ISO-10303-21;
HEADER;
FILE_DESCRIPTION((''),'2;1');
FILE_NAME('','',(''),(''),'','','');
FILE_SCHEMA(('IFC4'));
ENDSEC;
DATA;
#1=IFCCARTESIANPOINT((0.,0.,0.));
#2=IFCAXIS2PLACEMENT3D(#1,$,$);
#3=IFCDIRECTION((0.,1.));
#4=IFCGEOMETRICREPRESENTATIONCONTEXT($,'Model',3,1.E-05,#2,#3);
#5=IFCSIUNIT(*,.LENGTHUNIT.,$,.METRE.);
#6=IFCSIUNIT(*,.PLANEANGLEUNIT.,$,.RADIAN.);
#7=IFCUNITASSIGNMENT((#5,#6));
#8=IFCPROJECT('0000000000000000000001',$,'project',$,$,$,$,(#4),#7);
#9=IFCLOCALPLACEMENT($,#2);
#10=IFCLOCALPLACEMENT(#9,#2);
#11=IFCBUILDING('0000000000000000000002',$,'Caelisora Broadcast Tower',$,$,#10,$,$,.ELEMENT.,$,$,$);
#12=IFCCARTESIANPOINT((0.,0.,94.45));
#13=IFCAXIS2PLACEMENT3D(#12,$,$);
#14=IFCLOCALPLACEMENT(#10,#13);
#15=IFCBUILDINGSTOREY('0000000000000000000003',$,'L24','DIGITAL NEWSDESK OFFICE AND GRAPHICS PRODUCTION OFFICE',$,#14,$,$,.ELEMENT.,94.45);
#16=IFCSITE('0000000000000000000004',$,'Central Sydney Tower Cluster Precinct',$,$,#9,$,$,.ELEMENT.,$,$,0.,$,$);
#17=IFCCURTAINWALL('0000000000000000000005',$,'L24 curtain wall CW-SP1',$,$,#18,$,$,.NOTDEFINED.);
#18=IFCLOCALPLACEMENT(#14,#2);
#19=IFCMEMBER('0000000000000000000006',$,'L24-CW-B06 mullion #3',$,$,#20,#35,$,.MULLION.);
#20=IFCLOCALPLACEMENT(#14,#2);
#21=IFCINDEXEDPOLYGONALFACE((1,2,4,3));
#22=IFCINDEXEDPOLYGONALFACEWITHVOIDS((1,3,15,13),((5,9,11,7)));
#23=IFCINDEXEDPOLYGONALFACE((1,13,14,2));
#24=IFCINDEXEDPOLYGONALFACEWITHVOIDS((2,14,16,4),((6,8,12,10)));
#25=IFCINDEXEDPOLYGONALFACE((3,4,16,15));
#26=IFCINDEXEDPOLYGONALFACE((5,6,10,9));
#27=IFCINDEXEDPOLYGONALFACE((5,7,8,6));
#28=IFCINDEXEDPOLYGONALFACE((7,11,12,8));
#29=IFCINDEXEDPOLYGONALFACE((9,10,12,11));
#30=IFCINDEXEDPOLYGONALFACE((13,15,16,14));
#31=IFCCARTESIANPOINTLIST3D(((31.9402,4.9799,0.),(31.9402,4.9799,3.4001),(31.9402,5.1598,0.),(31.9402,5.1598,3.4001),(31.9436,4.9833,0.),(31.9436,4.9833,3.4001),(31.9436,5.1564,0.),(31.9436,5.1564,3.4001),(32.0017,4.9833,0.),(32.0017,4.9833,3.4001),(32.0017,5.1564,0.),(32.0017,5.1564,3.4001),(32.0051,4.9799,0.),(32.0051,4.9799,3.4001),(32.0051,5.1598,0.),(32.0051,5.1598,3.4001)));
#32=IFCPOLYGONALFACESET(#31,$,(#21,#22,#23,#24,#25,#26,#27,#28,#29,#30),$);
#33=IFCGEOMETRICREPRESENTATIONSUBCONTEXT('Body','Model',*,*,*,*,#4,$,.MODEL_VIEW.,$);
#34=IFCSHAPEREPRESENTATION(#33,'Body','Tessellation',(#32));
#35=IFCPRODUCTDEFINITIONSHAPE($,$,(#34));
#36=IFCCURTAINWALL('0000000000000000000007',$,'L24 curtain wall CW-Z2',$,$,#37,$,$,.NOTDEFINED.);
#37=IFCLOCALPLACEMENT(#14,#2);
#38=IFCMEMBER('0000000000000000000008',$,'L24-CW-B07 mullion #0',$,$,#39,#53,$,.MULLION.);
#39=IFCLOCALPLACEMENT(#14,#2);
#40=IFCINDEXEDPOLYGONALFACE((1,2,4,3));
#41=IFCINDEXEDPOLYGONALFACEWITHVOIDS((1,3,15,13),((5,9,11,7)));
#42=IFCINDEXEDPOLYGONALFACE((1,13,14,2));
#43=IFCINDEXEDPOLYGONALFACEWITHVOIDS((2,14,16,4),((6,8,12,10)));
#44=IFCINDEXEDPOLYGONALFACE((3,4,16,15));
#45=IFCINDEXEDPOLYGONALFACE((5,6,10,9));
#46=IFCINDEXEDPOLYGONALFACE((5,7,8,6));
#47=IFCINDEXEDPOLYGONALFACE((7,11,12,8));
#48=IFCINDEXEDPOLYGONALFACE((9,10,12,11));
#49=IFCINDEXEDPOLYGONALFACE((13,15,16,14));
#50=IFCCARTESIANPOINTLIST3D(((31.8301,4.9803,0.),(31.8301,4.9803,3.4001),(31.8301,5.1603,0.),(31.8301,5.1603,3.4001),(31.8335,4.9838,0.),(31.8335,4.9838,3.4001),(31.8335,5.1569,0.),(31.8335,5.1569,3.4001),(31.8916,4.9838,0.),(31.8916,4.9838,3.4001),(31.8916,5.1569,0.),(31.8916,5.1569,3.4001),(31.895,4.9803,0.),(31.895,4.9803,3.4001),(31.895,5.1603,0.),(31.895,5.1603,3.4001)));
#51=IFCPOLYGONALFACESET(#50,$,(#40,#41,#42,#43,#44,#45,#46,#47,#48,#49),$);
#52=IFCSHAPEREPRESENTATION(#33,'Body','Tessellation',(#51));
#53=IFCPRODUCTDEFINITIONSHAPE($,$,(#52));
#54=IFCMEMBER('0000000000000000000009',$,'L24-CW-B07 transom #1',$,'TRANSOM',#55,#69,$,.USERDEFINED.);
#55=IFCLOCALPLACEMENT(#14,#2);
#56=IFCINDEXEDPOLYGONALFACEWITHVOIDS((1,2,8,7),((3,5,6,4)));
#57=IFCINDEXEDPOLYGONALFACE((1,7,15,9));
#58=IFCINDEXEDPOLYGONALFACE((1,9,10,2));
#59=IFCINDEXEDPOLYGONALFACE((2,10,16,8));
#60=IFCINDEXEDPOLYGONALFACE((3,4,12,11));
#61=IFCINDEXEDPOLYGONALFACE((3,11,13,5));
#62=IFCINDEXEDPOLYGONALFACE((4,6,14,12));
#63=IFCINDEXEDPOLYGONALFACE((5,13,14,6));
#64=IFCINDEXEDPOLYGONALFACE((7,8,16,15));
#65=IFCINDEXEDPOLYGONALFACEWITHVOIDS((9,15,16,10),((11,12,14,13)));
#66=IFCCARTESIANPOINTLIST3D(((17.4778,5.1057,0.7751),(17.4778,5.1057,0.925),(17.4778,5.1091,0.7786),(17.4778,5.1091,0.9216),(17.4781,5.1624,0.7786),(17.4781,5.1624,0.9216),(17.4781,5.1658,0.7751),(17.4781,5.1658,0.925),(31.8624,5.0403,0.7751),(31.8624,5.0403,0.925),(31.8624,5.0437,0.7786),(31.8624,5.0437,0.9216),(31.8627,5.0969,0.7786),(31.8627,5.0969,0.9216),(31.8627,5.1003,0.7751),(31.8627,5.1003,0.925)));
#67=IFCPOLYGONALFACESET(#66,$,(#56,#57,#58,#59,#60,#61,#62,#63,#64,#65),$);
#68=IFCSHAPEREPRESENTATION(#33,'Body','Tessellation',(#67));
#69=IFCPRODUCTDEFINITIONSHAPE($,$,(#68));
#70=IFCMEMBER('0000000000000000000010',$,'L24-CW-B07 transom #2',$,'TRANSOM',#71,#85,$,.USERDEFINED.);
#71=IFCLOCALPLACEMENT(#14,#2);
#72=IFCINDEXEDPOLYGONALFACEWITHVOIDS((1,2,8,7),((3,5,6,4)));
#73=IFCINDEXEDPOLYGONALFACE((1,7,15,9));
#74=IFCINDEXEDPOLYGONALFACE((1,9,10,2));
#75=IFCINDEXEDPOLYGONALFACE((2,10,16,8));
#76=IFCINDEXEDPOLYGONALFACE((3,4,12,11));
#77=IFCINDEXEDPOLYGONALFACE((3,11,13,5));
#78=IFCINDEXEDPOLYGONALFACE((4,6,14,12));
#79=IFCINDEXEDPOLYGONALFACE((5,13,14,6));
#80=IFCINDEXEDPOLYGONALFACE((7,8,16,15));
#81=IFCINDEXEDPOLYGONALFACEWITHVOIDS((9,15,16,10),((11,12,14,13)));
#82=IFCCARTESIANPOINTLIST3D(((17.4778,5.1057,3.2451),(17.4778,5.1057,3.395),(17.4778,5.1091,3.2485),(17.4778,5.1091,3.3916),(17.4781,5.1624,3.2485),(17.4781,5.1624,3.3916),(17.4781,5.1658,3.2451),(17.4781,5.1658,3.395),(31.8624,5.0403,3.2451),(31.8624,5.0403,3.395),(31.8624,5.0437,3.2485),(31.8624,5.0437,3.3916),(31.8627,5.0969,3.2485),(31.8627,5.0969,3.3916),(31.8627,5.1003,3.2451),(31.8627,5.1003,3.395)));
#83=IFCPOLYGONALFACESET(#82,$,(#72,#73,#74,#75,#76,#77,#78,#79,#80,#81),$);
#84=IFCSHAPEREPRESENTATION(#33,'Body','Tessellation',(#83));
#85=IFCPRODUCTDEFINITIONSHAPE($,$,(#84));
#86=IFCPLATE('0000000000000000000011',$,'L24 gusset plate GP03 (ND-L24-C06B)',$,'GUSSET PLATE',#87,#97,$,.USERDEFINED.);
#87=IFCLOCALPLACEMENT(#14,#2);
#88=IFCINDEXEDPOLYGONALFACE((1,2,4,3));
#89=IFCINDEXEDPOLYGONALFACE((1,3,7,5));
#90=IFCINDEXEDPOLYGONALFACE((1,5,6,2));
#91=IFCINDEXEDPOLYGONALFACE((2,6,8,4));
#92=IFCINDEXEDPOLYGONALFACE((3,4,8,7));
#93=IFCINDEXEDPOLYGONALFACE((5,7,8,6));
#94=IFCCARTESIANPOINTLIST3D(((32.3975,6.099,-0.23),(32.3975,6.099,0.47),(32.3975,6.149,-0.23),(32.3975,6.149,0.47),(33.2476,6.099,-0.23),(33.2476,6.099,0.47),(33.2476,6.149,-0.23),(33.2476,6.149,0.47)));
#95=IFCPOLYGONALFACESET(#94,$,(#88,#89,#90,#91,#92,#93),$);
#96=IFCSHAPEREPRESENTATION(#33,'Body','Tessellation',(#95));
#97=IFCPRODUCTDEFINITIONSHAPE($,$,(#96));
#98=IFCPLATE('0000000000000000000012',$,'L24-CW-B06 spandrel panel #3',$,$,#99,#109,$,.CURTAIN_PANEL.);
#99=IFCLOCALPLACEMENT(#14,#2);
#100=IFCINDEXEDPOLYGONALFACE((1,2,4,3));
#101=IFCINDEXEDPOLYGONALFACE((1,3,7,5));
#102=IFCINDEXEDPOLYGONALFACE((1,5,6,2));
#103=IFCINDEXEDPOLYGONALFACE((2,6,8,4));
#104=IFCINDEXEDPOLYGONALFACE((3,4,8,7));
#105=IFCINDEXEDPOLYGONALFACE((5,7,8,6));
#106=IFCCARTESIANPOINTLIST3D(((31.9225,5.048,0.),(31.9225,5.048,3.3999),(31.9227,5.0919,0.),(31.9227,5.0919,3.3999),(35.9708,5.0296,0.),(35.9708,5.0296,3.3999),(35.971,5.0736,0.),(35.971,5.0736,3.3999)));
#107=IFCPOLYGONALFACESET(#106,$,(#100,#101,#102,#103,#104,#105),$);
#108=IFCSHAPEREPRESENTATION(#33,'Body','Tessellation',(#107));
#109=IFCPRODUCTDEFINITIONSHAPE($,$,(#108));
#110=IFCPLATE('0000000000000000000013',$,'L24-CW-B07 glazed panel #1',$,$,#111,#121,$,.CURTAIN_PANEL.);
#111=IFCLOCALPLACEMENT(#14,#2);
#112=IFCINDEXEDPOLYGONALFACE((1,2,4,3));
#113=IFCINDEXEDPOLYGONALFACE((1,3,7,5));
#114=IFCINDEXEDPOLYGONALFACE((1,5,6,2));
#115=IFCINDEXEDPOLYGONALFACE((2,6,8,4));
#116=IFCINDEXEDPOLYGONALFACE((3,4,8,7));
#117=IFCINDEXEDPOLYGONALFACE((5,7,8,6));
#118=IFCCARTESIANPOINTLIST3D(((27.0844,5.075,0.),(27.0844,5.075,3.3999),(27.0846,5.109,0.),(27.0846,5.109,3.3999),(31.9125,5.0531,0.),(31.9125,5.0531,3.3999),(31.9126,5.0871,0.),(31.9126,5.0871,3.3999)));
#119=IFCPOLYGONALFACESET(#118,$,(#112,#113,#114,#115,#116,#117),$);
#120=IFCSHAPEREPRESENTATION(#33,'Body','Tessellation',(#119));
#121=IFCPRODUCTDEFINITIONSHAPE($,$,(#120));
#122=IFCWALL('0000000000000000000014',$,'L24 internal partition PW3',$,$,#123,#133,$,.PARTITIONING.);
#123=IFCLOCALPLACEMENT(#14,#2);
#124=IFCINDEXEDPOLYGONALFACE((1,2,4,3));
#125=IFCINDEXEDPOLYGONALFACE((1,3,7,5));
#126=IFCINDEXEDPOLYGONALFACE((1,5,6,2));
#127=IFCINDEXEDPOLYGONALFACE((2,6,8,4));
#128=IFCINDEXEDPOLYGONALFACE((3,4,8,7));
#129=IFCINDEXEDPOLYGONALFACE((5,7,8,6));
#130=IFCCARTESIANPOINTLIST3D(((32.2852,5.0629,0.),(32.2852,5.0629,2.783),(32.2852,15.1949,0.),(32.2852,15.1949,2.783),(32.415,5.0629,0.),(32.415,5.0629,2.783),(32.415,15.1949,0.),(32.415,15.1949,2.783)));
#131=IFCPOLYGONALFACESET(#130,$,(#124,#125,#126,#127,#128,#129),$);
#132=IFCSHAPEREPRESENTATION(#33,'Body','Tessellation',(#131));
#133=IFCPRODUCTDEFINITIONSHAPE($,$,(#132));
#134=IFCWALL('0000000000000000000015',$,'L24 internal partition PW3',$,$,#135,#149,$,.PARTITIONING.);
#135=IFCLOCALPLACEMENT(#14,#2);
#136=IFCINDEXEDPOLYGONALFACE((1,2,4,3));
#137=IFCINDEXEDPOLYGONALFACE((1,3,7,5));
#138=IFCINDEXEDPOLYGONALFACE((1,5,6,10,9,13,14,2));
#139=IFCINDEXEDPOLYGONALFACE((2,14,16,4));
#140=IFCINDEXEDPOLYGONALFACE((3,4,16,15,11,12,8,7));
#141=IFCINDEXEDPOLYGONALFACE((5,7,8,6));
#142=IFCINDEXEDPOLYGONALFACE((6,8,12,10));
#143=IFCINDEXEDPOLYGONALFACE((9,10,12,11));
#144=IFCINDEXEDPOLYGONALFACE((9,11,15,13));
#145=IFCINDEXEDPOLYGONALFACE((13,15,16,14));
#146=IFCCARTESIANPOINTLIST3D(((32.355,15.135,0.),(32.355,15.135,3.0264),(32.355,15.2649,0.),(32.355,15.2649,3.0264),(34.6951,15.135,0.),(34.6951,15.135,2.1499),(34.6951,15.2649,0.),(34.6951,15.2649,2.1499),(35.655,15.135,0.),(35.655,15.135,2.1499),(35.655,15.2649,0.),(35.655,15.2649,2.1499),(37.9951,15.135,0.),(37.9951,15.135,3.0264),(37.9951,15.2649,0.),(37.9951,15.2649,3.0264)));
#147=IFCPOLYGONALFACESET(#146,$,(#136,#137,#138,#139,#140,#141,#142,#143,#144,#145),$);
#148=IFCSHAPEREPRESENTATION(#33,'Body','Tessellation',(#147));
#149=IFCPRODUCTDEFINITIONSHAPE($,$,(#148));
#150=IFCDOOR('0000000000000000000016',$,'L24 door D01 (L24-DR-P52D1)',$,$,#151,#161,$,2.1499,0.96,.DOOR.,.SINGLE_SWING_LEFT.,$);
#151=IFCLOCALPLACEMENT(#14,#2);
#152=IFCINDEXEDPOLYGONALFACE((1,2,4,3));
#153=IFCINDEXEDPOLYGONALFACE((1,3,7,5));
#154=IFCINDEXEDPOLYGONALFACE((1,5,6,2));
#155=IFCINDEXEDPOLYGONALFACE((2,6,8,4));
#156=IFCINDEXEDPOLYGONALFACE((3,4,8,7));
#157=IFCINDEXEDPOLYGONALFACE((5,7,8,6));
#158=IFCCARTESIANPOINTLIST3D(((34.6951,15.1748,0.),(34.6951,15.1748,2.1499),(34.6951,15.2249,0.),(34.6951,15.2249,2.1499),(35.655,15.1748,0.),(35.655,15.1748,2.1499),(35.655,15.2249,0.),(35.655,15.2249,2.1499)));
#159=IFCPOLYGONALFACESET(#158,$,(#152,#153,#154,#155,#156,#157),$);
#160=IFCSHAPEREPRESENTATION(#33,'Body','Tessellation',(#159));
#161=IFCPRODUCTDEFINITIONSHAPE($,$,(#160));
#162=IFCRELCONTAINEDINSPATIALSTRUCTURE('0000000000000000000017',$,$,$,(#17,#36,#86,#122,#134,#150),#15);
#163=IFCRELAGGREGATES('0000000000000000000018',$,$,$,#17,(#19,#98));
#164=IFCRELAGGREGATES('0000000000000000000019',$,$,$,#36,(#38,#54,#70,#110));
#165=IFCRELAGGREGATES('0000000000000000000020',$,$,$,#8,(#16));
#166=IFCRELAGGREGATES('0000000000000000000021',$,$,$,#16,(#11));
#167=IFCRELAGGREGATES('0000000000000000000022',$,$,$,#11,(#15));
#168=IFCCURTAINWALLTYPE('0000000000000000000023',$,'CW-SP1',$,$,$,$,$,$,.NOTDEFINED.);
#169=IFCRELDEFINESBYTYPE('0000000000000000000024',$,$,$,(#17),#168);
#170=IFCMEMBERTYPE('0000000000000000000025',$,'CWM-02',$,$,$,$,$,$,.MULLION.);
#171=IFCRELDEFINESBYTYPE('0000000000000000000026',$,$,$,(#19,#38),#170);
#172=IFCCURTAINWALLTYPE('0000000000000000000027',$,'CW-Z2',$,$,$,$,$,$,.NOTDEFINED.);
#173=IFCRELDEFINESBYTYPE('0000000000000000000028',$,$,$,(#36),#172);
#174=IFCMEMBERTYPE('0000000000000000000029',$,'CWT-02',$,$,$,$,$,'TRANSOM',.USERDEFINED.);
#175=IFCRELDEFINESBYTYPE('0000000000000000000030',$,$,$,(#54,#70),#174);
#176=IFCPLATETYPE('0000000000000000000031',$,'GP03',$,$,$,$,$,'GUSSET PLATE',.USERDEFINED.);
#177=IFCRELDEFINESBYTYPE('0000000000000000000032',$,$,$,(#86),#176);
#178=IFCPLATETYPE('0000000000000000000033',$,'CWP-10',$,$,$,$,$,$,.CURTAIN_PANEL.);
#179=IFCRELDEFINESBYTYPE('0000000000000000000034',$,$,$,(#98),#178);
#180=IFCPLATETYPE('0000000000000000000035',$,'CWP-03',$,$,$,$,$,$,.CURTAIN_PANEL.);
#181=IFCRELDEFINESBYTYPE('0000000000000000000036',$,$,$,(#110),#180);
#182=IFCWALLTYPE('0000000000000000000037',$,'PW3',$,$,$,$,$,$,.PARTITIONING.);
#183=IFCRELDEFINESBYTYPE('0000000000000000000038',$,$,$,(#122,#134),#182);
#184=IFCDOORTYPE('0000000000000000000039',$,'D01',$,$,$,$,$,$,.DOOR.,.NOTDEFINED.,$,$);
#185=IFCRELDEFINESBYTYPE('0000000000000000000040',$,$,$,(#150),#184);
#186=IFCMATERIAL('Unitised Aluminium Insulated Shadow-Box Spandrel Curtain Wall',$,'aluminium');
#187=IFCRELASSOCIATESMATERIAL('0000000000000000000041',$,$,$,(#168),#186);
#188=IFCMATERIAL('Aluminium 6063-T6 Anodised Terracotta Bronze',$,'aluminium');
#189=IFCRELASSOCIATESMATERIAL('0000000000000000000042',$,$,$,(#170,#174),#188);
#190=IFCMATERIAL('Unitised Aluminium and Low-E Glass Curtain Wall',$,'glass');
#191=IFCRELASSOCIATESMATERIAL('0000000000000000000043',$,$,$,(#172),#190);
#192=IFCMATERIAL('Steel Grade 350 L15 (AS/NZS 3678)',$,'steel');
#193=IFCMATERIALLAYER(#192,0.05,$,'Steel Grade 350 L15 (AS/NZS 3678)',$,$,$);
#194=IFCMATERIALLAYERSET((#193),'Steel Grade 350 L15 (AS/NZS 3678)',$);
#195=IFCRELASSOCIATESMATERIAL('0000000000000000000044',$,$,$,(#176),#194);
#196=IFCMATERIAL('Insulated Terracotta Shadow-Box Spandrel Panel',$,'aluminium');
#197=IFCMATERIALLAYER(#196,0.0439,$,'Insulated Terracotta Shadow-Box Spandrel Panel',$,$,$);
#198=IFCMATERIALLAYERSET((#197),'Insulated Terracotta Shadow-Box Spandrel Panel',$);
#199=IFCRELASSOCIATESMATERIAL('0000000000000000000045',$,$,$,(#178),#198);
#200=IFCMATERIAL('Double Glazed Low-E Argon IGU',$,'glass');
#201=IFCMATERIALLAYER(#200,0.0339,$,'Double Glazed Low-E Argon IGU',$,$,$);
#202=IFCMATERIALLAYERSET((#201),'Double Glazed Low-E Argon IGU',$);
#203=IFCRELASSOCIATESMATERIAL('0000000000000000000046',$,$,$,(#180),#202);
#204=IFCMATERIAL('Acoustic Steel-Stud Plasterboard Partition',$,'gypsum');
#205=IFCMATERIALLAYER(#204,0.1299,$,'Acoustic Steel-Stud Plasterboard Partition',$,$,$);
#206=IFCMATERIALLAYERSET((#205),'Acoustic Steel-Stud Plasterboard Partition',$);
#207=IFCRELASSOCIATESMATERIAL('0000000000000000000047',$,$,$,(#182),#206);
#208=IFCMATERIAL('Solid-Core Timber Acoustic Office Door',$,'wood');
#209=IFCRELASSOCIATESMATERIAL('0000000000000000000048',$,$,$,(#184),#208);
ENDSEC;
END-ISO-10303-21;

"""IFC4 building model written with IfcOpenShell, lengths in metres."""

from ifc_helpers import new_model, si_unit, direction, frame, frame_2d, origin, origin_2d, place, context, subcontext, project, spatial, rectangle, hollow_rectangle, extrude, source, transform, mapped, material, layer, layer_set, material_profile, profile_set, type_object, type_shapes, element, fill, aggregate, save


model = new_model("IFC4")

# Units and contexts
model_context = context("Model", 3, precision=1e-05, world=origin(), true_north=direction((0.0, 1.0)))
body_context = subcontext(model_context, "Body", "Model", "MODEL_VIEW")
ifc_project = project(units=[si_unit("LENGTHUNIT", "METRE"), si_unit("PLANEANGLEUNIT", "RADIAN")], contexts=[model_context])

# Site, building, storey
site_placement = place(None, origin())
site = spatial("IfcSite", under=ifc_project, at=site_placement, Name="Central Sydney Tower Cluster Precinct", CompositionType="ELEMENT", RefElevation=0.0)
building_placement = place(site_placement, origin())
building = spatial("IfcBuilding", under=site, at=building_placement, Name="Caelisora Broadcast Tower", CompositionType="ELEMENT")
storey_placement = place(building_placement, frame((0.0, 0.0, 94.45)))
storey = spatial("IfcBuildingStorey", under=building, at=storey_placement, Name="L24", Description="DIGITAL NEWSDESK OFFICE AND GRAPHICS PRODUCTION OFFICE", CompositionType="ELEMENT", Elevation=94.45)

# Shared definitions
ifc_material_1 = material(Name="Steel Grade 350 L15 (AS/NZS 3678)", Category="steel")

# Curtain walls, members
ifc_material_2 = material(Name="Unitised Aluminium Insulated Shadow-Box Spandrel Curtain Wall", Category="aluminium")
curtain_wall_type_1 = type_object("IfcCurtainWallType", Name="CW-SP1", PredefinedType="NOTDEFINED", material=ifc_material_2)
curtain_wall_1_placement = place(storey_placement, origin())
curtain_wall_1 = element("IfcCurtainWall", 1, at=curtain_wall_1_placement, inside=storey, type_object=curtain_wall_type_1, Name="L24 curtain wall CW-SP1", PredefinedType="NOTDEFINED")
ifc_material_3 = material(Name="Aluminium 6063-T6 Anodised Terracotta Bronze", Category="aluminium")
ifc_material_profile_1 = material_profile(ifc_material_3, hollow_rectangle(XDim=0.0649, YDim=0.1799, WallThickness=0.0034, at=origin_2d()), Name="Aluminium 6063-T6 Anodised Terracotta Bronze")
ifc_profile_set_1 = profile_set([ifc_material_profile_1], Name="Aluminium 6063-T6 Anodised Terracotta Bronze")
member_type_1 = type_object("IfcMemberType", Name="CWM-02", PredefinedType="MULLION", material=ifc_profile_set_1)
shared_shape_1 = source(origin(), body_context, "Body", "SweptSolid", [
    extrude(hollow_rectangle(XDim=0.0649, YDim=0.1799, WallThickness=0.0034, at=origin_2d()), origin(), (0.0, 0.0, 1.0), 3.4001),
])
type_shapes(member_type_1, [shared_shape_1])
member_1_placement = place(storey_placement, frame((31.9727, 5.0698, 0.0), z_axis=(0.0, 0.0, 1.0), x_axis=(1.0, 0.0, 0.0)))
member_1 = element("IfcMember", 2, at=member_1_placement, type_object=member_type_1, Name="L24-CW-B06 mullion #3", PredefinedType="MULLION", context=body_context, shape_type="MappedRepresentation", body=[
    mapped(shared_shape_1, transform((0.0, 0.0, 0.0), scale=1.0)),
])
ifc_material_4 = material(Name="Unitised Aluminium and Low-E Glass Curtain Wall", Category="glass")
curtain_wall_type_2 = type_object("IfcCurtainWallType", Name="CW-Z2", PredefinedType="NOTDEFINED", material=ifc_material_4)
curtain_wall_2_placement = place(storey_placement, origin())
curtain_wall_2 = element("IfcCurtainWall", 3, at=curtain_wall_2_placement, inside=storey, type_object=curtain_wall_type_2, Name="L24 curtain wall CW-Z2", PredefinedType="NOTDEFINED")
member_2_placement = place(storey_placement, frame((31.8625, 5.0703, 0.0), z_axis=(0.0, 0.0, 1.0), x_axis=(1.0, 0.0, 0.0)))
member_2 = element("IfcMember", 4, at=member_2_placement, type_object=member_type_1, Name="L24-CW-B07 mullion #0", PredefinedType="MULLION", context=body_context, shape_type="MappedRepresentation", body=[
    mapped(shared_shape_1, transform((0.0, 0.0, 0.0), scale=1.0)),
])
ifc_material_profile_2 = material_profile(ifc_material_3, hollow_rectangle(XDim=0.0601, YDim=0.1499, WallThickness=0.0034, at=origin_2d()), Name="Aluminium 6063-T6 Anodised Terracotta Bronze")
ifc_profile_set_2 = profile_set([ifc_material_profile_2], Name="Aluminium 6063-T6 Anodised Terracotta Bronze")
member_type_2 = type_object("IfcMemberType", Name="CWT-02", ElementType="TRANSOM", PredefinedType="USERDEFINED", material=ifc_profile_set_2)
shared_shape_2 = source(origin(), body_context, "Body", "SweptSolid", [
    extrude(hollow_rectangle(XDim=0.0601, YDim=0.1499, WallThickness=0.0034, at=origin_2d()), origin(), (0.0, 0.0, 1.0), 14.3848),
])
type_shapes(member_type_2, [shared_shape_2])
member_3_placement = place(storey_placement, frame((31.8625, 5.0703, 0.8501), z_axis=(-0.99999, 0.004549, 0.0), x_axis=(-0.004549, -0.99999, 0.0)))
member_3 = element("IfcMember", 5, at=member_3_placement, type_object=member_type_2, Name="L24-CW-B07 transom #1", ObjectType="TRANSOM", PredefinedType="USERDEFINED", context=body_context, shape_type="MappedRepresentation", body=[
    mapped(shared_shape_2, transform((0.0, 0.0, 0.0), scale=1.0)),
])
member_4_placement = place(storey_placement, frame((31.8625, 5.0703, 3.3201), z_axis=(-0.99999, 0.004549, 0.0), x_axis=(-0.004549, -0.99999, 0.0)))
member_4 = element("IfcMember", 6, at=member_4_placement, type_object=member_type_2, Name="L24-CW-B07 transom #2", ObjectType="TRANSOM", PredefinedType="USERDEFINED", context=body_context, shape_type="MappedRepresentation", body=[
    mapped(shared_shape_2, transform((0.0, 0.0, 0.0), scale=1.0)),
])

# Plates
ifc_layer_1 = layer(ifc_material_1, 0.05, Name="Steel Grade 350 L15 (AS/NZS 3678)")
ifc_layer_set_1 = layer_set([ifc_layer_1], Name="Steel Grade 350 L15 (AS/NZS 3678)")
plate_type_1 = type_object("IfcPlateType", Name="GP03", ElementType="GUSSET PLATE", PredefinedType="USERDEFINED", material=ifc_layer_set_1)
shared_shape_3 = source(origin(), body_context, "Body", "SweptSolid", [
    extrude(rectangle(XDim=0.8501, YDim=0.05, at=origin_2d()), origin(), (0.0, 0.0, 1.0), 0.7),
])
type_shapes(plate_type_1, [shared_shape_3])
plate_1_placement = place(storey_placement, frame((32.8225, 6.124, -0.23), z_axis=(0.0, 0.0, 1.0), x_axis=(1.0, 0.0, 0.0)))
element("IfcPlate", 7, at=plate_1_placement, inside=storey, type_object=plate_type_1, Name="L24 gusset plate GP03 (ND-L24-C06B)", ObjectType="GUSSET PLATE", PredefinedType="USERDEFINED", context=body_context, shape_type="MappedRepresentation", body=[
    mapped(shared_shape_3, transform((0.0, 0.0, 0.0), scale=1.0)),
])
ifc_material_5 = material(Name="Insulated Terracotta Shadow-Box Spandrel Panel", Category="aluminium")
ifc_layer_2 = layer(ifc_material_5, 0.0439, Name="Insulated Terracotta Shadow-Box Spandrel Panel")
ifc_layer_set_2 = layer_set([ifc_layer_2], Name="Insulated Terracotta Shadow-Box Spandrel Panel")
plate_type_2 = type_object("IfcPlateType", Name="CWP-10", PredefinedType="CURTAIN_PANEL", material=ifc_layer_set_2)
shared_shape_4 = source(origin(), body_context, "Body", "SweptSolid", [
    extrude(rectangle(XDim=4.0483, YDim=0.0439, at=origin_2d()), origin(), (0.0, 0.0, 1.0), 3.3999),
])
type_shapes(plate_type_2, [shared_shape_4])
plate_2_placement = place(storey_placement, frame((33.9468, 5.0608, 0.0), z_axis=(0.0, 0.0, 1.0), x_axis=(-0.99999, 0.004538, 0.0)))
plate_2 = element("IfcPlate", 8, at=plate_2_placement, type_object=plate_type_2, Name="L24-CW-B06 spandrel panel #3", PredefinedType="CURTAIN_PANEL", context=body_context, shape_type="MappedRepresentation", body=[
    mapped(shared_shape_4, transform((0.0, 0.0, 0.0), scale=1.0)),
])
aggregate(curtain_wall_1, [member_1, plate_2])
ifc_material_6 = material(Name="Double Glazed Low-E Argon IGU", Category="glass")
ifc_layer_3 = layer(ifc_material_6, 0.0339, Name="Double Glazed Low-E Argon IGU")
ifc_layer_set_3 = layer_set([ifc_layer_3], Name="Double Glazed Low-E Argon IGU")
plate_type_3 = type_object("IfcPlateType", Name="CWP-03", PredefinedType="CURTAIN_PANEL", material=ifc_layer_set_3)
shared_shape_5 = source(origin(), body_context, "Body", "SweptSolid", [
    extrude(rectangle(XDim=4.8281, YDim=0.0339, at=origin_2d()), origin(), (0.0, 0.0, 1.0), 3.3999),
])
type_shapes(plate_type_3, [shared_shape_5])
plate_3_placement = place(storey_placement, frame((29.4985, 5.0811, 0.0), z_axis=(0.0, 0.0, 1.0), x_axis=(-0.99999, 0.004538, 0.0)))
plate_3 = element("IfcPlate", 9, at=plate_3_placement, type_object=plate_type_3, Name="L24-CW-B07 glazed panel #1", PredefinedType="CURTAIN_PANEL", context=body_context, shape_type="MappedRepresentation", body=[
    mapped(shared_shape_5, transform((0.0, 0.0, 0.0), scale=1.0)),
])
aggregate(curtain_wall_2, [member_2, member_3, member_4, plate_3])

# Wall
ifc_material_7 = material(Name="Acoustic Steel-Stud Plasterboard Partition", Category="gypsum")
ifc_layer_4 = layer(ifc_material_7, 0.1299, Name="Acoustic Steel-Stud Plasterboard Partition")
ifc_layer_set_4 = layer_set([ifc_layer_4], Name="Acoustic Steel-Stud Plasterboard Partition")
wall_type = type_object("IfcWallType", Name="PW3", PredefinedType="PARTITIONING", material=ifc_layer_set_4)
wall_1_placement = place(storey_placement, frame((32.3501, 5.063, 0.0), z_axis=(0.0, 0.0, 1.0), x_axis=(0.0, 1.0, 0.0)))
element("IfcWall", 10, at=wall_1_placement, inside=storey, type_object=wall_type, Name="L24 internal partition PW3", PredefinedType="PARTITIONING", context=body_context, shape_type="SweptSolid", body=[
    extrude(rectangle(XDim=10.1321, YDim=0.1299, at=frame_2d((5.0659, 0.0))), origin(), (0.0, 0.0, 1.0), 2.783),
])

# Wall, opening, door
wall_2_placement = place(storey_placement, frame((32.355, 15.2, 0.0), z_axis=(0.0, 0.0, 1.0), x_axis=(1.0, 0.0, 0.0)))
wall_2 = element("IfcWall", 11, at=wall_2_placement, inside=storey, type_object=wall_type, Name="L24 internal partition PW3", PredefinedType="PARTITIONING", context=body_context, shape_type="SweptSolid", body=[
    extrude(rectangle(XDim=5.6401, YDim=0.1299, at=frame_2d((2.8201, 0.0))), origin(), (0.0, 0.0, 1.0), 3.0264),
])
opening_placement = place(wall_2_placement, frame((2.3401, 0.0, 0.0)))
opening = element("IfcOpeningElement", 12, at=opening_placement, cuts=wall_2, PredefinedType="OPENING", context=body_context, shape_type="SweptSolid", body=[
    extrude(rectangle(XDim=0.96, YDim=2.1499, at=frame_2d((0.48, 1.075))), frame((0.0, 0.0769, 0.0), z_axis=(0.0, -1.0, 0.0), x_axis=(1.0, 0.0, 0.0)), (0.0, 0.0, 1.0), 0.1538),
])
ifc_material_8 = material(Name="Solid-Core Timber Acoustic Office Door", Category="wood")
door_type = type_object("IfcDoorType", Name="D01", OperationType="NOTDEFINED", PredefinedType="DOOR", material=ifc_material_8)
door_placement = place(opening_placement, origin())
door = element("IfcDoor", 13, at=door_placement, inside=storey, type_object=door_type, Name="L24 door D01 (L24-DR-P52D1)", OperationType="SINGLE_SWING_LEFT", OverallHeight=2.1499, OverallWidth=0.96, PredefinedType="DOOR", context=body_context, shape_type="SweptSolid", body=[
    extrude(rectangle(XDim=0.96, YDim=2.1499, at=frame_2d((0.48, 1.075))), frame((0.0, 0.0249, 0.0), z_axis=(0.0, -1.0, 0.0), x_axis=(1.0, 0.0, 0.0)), (0.0, 0.0, 1.0), 0.05),
])
fill(opening, door)

save(model, "model.ifc")
